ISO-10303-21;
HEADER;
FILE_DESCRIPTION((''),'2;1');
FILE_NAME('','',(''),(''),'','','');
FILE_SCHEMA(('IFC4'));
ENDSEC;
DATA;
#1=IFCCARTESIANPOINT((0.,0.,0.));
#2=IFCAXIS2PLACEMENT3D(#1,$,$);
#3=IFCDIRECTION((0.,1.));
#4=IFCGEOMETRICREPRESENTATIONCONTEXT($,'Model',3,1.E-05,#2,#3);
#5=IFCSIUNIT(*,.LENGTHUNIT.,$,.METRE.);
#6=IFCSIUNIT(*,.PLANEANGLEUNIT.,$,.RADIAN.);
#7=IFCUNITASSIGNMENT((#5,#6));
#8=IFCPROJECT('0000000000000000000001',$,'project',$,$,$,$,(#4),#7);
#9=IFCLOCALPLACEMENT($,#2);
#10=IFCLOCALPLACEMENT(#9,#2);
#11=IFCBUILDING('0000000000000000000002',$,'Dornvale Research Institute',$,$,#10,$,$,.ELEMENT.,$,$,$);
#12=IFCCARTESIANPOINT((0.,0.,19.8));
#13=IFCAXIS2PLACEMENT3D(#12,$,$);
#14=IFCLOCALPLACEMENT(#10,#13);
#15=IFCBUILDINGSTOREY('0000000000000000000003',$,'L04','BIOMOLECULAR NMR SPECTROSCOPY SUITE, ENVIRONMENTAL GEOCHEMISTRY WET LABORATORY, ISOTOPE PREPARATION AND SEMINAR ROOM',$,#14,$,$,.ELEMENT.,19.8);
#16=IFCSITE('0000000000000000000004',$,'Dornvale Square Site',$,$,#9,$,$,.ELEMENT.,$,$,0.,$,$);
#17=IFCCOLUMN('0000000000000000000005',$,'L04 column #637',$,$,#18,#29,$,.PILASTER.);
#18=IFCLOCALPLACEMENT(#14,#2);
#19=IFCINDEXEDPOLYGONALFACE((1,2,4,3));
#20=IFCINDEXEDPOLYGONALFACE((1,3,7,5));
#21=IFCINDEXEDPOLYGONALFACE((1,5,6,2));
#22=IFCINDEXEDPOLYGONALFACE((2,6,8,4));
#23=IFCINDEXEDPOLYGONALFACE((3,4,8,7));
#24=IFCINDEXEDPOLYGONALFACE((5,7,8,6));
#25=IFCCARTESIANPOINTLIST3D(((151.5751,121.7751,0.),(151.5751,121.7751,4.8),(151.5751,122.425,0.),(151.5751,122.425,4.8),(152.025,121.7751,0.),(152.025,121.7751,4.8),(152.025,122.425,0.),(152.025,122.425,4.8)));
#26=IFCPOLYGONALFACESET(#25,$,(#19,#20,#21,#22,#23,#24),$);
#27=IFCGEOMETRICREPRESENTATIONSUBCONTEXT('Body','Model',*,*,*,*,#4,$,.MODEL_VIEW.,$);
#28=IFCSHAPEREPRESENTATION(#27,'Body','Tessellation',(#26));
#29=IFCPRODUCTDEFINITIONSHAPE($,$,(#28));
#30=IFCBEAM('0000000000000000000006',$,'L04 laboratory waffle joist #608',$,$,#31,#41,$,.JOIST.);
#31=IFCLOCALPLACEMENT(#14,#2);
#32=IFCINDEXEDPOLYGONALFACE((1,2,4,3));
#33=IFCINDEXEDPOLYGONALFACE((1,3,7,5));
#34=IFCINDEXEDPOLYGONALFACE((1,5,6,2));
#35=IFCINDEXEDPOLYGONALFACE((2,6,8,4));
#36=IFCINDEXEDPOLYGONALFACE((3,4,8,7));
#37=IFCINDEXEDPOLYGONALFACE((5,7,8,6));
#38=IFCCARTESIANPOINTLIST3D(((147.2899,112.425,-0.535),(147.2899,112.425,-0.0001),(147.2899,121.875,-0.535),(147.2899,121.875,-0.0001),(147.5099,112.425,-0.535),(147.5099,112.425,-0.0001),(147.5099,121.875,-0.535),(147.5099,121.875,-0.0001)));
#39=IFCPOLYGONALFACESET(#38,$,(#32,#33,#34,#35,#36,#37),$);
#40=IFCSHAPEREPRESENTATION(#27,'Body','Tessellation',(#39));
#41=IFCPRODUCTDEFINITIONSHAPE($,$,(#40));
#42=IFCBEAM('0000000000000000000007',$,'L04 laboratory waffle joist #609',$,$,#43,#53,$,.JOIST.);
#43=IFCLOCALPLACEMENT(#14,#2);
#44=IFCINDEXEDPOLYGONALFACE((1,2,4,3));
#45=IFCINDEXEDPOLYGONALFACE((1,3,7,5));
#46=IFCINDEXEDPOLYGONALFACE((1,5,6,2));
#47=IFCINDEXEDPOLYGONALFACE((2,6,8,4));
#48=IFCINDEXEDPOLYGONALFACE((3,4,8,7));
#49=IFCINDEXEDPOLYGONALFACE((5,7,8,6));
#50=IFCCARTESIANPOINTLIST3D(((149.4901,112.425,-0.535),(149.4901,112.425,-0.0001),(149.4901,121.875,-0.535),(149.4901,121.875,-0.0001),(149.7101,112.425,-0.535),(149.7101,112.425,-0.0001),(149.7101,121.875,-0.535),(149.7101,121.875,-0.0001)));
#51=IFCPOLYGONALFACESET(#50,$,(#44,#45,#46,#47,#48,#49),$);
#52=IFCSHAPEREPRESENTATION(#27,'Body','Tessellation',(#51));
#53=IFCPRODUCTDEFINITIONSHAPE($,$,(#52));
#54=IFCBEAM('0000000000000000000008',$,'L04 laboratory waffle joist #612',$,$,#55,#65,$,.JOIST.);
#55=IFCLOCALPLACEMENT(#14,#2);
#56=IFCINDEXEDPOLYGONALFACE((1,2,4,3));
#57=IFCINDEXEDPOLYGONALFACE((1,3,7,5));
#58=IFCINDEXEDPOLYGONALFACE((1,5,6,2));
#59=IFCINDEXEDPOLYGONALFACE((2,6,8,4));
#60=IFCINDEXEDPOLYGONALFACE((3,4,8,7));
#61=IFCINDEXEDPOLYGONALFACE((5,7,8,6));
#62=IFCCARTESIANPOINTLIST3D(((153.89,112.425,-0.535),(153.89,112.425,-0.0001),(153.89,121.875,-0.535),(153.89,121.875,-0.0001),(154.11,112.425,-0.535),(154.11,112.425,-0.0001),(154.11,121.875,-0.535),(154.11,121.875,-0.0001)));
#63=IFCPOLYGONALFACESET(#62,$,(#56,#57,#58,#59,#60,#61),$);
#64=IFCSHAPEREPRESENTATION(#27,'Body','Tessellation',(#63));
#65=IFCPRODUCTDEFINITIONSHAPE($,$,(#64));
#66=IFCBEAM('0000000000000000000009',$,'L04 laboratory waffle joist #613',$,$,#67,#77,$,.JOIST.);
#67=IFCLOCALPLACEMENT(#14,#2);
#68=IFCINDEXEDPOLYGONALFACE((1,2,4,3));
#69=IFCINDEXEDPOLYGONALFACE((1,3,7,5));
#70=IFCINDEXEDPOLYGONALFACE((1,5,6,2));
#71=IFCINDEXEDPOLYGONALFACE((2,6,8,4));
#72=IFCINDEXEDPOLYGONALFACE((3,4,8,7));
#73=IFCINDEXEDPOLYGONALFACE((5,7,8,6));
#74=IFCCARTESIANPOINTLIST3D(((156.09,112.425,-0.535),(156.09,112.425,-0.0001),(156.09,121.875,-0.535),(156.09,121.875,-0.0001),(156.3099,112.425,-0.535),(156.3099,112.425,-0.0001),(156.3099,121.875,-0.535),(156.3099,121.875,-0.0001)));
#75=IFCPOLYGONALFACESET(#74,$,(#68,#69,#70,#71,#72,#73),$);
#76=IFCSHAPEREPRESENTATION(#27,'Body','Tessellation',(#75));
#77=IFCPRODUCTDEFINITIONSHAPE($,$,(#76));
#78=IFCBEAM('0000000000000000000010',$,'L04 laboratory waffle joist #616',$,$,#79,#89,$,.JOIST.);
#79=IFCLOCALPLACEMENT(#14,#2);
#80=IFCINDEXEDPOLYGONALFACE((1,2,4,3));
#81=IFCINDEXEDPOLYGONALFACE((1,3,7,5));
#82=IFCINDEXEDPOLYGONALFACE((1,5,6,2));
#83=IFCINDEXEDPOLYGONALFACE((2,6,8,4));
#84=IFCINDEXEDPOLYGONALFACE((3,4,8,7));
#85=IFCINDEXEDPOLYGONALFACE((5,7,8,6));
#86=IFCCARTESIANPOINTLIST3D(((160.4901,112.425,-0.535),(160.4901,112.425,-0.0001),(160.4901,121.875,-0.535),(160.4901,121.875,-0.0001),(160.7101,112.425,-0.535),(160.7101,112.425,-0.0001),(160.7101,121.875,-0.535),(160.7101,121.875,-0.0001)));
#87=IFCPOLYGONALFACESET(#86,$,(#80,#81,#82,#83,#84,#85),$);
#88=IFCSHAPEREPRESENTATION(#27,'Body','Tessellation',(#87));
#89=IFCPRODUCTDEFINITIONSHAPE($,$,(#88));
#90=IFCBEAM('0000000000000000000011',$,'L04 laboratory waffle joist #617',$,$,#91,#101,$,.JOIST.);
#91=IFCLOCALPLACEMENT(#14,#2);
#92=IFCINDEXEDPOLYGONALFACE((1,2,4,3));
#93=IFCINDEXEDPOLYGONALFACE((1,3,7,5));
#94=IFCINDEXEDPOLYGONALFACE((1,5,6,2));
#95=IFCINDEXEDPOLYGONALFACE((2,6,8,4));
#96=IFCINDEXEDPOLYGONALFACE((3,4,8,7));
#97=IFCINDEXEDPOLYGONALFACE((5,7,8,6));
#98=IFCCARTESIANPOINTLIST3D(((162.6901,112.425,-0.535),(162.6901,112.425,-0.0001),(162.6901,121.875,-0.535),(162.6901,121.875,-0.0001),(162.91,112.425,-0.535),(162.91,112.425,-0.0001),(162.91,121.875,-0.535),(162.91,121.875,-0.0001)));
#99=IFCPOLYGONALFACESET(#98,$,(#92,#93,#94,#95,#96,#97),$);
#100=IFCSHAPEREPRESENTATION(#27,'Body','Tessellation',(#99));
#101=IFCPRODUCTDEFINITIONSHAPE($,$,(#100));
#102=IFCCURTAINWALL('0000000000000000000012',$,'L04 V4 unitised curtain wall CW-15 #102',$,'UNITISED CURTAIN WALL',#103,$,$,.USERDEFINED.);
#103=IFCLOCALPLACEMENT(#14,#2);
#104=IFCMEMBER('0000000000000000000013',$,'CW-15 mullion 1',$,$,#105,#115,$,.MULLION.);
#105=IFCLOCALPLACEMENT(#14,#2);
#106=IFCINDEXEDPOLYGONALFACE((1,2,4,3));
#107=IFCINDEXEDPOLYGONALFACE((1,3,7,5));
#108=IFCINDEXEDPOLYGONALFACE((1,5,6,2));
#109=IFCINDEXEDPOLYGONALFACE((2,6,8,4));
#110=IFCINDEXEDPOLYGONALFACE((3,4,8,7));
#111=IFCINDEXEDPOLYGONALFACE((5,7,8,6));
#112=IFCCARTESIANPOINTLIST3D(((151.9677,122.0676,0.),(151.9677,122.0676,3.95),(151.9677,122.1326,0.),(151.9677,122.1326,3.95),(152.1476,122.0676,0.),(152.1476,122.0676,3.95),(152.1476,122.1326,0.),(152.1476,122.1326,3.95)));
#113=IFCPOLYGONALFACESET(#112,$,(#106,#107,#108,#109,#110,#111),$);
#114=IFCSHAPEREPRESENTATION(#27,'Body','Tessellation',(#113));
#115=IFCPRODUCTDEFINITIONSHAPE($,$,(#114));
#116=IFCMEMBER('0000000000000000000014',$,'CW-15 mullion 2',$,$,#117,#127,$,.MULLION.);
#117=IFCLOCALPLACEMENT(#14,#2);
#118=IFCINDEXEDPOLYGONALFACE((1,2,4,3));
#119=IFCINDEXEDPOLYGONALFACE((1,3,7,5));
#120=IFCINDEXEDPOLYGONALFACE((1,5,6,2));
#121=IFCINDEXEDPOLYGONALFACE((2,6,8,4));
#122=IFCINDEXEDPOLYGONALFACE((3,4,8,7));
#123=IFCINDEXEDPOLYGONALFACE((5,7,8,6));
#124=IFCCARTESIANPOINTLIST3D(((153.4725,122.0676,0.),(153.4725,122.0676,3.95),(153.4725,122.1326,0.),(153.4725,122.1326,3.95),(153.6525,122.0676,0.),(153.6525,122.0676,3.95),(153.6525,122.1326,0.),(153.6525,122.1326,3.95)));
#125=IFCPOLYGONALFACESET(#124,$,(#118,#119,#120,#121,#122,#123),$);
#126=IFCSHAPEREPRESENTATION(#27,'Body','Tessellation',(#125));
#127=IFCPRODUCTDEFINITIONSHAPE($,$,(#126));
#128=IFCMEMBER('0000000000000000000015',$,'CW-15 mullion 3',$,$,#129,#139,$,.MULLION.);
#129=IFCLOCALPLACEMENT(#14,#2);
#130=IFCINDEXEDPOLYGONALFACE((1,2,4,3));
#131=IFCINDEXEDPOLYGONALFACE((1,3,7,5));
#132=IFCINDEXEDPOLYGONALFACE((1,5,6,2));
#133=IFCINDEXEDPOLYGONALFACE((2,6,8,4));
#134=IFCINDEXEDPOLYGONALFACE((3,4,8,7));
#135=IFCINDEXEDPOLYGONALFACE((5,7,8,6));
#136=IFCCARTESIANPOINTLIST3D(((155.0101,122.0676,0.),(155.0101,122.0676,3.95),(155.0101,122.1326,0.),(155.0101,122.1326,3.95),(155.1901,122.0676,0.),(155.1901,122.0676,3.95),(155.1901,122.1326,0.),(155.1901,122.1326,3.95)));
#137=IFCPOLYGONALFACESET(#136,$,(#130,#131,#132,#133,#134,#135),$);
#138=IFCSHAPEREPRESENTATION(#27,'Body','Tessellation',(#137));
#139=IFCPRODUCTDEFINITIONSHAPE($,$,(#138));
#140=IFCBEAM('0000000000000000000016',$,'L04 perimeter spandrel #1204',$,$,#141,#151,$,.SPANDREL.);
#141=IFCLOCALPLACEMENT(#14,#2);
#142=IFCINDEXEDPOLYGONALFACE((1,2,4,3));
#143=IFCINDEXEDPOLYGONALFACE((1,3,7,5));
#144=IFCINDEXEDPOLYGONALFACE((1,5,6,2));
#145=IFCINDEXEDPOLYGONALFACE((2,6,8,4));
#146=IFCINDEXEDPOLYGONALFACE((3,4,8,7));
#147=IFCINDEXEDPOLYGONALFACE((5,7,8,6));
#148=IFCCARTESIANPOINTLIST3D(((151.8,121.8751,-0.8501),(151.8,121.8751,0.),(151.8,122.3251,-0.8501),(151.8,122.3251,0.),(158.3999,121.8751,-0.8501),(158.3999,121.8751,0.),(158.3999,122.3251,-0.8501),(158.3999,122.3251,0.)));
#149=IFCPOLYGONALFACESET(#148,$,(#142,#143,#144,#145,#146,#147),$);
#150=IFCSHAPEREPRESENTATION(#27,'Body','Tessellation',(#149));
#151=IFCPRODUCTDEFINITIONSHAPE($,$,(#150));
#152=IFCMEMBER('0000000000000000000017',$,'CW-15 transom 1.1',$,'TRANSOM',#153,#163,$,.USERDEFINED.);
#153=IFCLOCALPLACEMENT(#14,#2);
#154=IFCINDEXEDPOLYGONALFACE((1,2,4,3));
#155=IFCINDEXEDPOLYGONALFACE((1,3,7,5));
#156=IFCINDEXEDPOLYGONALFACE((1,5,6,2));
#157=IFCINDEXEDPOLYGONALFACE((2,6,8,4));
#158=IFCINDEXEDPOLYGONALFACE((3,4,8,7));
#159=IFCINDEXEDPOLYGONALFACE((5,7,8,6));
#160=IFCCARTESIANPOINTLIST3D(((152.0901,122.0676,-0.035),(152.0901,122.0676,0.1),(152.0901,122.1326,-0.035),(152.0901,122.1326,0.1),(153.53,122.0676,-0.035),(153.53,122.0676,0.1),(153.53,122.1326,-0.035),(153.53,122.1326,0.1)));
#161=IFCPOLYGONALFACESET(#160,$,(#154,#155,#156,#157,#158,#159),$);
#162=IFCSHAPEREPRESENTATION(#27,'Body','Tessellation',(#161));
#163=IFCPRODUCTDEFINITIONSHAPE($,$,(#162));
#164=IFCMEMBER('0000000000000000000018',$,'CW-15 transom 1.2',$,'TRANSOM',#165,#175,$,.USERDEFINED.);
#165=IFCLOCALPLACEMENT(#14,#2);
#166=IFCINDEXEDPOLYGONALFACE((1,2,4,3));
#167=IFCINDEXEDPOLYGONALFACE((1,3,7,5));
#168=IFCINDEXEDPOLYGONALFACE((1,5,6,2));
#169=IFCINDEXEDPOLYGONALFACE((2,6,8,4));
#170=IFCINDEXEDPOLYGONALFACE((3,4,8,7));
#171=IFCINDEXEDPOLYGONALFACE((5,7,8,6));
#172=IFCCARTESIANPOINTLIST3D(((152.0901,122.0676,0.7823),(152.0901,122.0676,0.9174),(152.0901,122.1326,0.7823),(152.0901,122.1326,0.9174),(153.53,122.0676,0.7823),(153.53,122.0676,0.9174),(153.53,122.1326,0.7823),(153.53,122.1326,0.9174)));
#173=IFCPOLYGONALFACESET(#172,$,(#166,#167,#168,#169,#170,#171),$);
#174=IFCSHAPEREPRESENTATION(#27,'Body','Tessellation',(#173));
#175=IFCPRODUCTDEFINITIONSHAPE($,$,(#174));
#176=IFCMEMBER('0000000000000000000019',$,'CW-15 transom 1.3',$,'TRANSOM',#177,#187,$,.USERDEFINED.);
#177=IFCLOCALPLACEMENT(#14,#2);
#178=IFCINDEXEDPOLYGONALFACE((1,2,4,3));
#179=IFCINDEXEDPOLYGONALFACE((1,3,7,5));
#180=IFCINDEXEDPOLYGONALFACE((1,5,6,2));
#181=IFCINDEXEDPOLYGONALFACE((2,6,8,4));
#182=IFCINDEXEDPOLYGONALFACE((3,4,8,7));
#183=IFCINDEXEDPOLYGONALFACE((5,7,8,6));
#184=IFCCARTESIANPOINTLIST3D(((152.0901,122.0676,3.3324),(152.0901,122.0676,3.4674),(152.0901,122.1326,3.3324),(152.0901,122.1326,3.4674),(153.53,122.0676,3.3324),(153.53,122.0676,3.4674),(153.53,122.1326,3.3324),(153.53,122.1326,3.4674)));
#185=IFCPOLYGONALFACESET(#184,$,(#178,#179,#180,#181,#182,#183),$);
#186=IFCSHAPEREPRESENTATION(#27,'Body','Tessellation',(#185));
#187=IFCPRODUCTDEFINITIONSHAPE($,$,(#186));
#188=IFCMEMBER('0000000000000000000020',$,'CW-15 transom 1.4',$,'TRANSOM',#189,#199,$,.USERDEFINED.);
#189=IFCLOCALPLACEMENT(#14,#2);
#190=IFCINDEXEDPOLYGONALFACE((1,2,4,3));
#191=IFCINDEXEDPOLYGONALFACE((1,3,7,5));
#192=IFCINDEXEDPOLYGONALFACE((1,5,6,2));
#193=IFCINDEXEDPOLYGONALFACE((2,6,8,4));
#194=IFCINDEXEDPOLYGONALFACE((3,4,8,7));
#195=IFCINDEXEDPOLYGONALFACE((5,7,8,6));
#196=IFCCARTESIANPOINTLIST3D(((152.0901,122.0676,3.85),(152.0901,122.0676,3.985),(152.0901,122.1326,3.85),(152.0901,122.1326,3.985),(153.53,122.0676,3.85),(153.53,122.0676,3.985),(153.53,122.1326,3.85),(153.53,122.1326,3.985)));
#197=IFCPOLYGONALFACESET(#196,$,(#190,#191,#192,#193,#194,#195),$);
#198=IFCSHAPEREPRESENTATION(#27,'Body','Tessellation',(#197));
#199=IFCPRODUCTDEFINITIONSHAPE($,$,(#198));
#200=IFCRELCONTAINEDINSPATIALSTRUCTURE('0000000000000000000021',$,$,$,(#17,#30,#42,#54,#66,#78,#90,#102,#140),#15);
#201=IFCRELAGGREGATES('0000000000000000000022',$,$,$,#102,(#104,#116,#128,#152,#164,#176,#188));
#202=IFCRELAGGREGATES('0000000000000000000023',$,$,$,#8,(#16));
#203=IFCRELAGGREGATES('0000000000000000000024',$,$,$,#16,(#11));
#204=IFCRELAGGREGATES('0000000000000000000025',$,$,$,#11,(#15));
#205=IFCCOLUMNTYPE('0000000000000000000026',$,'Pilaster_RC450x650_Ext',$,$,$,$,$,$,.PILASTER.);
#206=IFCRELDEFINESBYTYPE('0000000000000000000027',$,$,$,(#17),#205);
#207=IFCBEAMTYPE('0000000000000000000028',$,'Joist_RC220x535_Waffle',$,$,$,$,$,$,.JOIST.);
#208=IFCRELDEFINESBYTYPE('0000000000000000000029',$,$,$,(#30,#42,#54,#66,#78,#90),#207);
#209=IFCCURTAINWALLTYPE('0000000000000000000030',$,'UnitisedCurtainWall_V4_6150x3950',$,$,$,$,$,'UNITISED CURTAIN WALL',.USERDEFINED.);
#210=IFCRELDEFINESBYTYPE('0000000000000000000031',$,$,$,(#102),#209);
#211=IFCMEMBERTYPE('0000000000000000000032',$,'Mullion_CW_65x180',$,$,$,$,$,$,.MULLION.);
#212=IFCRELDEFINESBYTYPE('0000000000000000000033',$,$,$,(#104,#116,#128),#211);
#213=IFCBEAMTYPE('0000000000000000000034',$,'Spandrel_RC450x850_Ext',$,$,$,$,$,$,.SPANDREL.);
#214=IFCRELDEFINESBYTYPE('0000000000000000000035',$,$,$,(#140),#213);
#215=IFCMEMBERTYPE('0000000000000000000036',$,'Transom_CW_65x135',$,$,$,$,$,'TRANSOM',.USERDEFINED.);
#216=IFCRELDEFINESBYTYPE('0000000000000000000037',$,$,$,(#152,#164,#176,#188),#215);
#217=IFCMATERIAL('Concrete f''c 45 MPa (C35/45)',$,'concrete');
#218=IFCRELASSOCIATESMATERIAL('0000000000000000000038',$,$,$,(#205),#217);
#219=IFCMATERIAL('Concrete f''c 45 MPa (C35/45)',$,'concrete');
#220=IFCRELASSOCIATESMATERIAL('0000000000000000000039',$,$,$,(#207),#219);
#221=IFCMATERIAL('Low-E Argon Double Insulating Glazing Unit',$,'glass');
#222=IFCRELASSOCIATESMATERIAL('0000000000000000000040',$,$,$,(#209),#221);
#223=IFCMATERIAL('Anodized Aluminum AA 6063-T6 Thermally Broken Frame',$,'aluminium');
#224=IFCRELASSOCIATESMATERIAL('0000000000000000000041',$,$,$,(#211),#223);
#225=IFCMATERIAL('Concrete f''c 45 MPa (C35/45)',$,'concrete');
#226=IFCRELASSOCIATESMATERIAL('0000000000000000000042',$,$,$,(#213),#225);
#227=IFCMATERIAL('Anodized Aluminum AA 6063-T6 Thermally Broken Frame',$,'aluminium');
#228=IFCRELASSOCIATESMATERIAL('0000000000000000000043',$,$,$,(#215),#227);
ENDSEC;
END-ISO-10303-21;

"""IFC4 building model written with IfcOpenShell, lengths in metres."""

from ifc_helpers import new_model, si_unit, direction, frame, origin, origin_2d, place, context, subcontext, project, spatial, rectangle, extrude, material, material_profile, profile_set, type_object, element, aggregate, save


model = new_model("IFC4")

# Units and contexts
model_context = context("Model", 3, precision=1e-05, world=origin(), true_north=direction((0.0, 1.0)))
body_context = subcontext(model_context, "Body", "Model", "MODEL_VIEW")
ifc_project = project(units=[si_unit("LENGTHUNIT", "METRE"), si_unit("PLANEANGLEUNIT", "RADIAN")], contexts=[model_context])

# Site, building, storey
site_placement = place(None, origin())
site = spatial("IfcSite", under=ifc_project, at=site_placement, Name="Dornvale Square Site", CompositionType="ELEMENT", RefElevation=0.0)
building_placement = place(site_placement, origin())
building = spatial("IfcBuilding", under=site, at=building_placement, Name="Dornvale Research Institute", CompositionType="ELEMENT")
storey_placement = place(building_placement, frame((0.0, 0.0, 19.8)))
storey = spatial("IfcBuildingStorey", under=building, at=storey_placement, Name="L04", Description="BIOMOLECULAR NMR SPECTROSCOPY SUITE, ENVIRONMENTAL GEOCHEMISTRY WET LABORATORY, ISOTOPE PREPARATION AND SEMINAR ROOM", CompositionType="ELEMENT", Elevation=19.8)

# Column
ifc_material_1 = material(Name="Concrete f'c 45 MPa (C35/45)", Category="concrete")
ifc_material_profile_1 = material_profile(ifc_material_1, rectangle(XDim=0.45, YDim=0.6499, at=origin_2d()), Name="RC 450x650")
ifc_profile_set_1 = profile_set([ifc_material_profile_1], Name="Concrete f'c 45 MPa (C35/45)")
column_type = type_object("IfcColumnType", Name="Pilaster_RC450x650_Ext", PredefinedType="PILASTER", material=ifc_profile_set_1)
column_placement = place(storey_placement, frame((151.8, 122.1001, 0.0), z_axis=(0.0, 0.0, 1.0), x_axis=(1.0, 0.0, 0.0)))
element("IfcColumn", 1, at=column_placement, inside=storey, type_object=column_type, Name="L04 column #637", PredefinedType="PILASTER", context=body_context, shape_type="SweptSolid", body=[
    extrude(rectangle(XDim=0.45, YDim=0.6499, at=origin_2d()), origin(), (0.0, 0.0, 1.0), 4.8),
])

# Beams
ifc_material_2 = material(Name="Concrete f'c 45 MPa (C35/45)", Category="concrete")
ifc_material_profile_2 = material_profile(ifc_material_2, rectangle(XDim=0.22, YDim=0.5349, at=origin_2d()), Name="RC 220x535")
ifc_profile_set_2 = profile_set([ifc_material_profile_2], Name="Concrete f'c 45 MPa (C35/45)")
beam_type_1 = type_object("IfcBeamType", Name="Joist_RC220x535_Waffle", PredefinedType="JOIST", material=ifc_profile_set_2)
for number, where, z_axis, x_axis, name in (
    (2, (147.3999, 112.425, -0.2676), (0.0, 1.0, 0.0), (-1.0, 0.0, 0.0), "L04 laboratory waffle joist #608"),
    (3, (149.6001, 112.425, -0.2676), (0.0, 1.0, 0.0), (-1.0, 0.0, 0.0), "L04 laboratory waffle joist #609"),
    (4, (154.0, 112.425, -0.2676), (0.0, 1.0, 0.0), (-1.0, 0.0, 0.0), "L04 laboratory waffle joist #612"),
    (5, (156.2, 112.425, -0.2676), (0.0, 1.0, 0.0), (-1.0, 0.0, 0.0), "L04 laboratory waffle joist #613"),
    (6, (160.6001, 112.425, -0.2676), (0.0, 1.0, 0.0), (-1.0, 0.0, 0.0), "L04 laboratory waffle joist #616"),
    (7, (162.8, 112.425, -0.2676), (0.0, 1.0, 0.0), (-1.0, 0.0, 0.0), "L04 laboratory waffle joist #617"),
):
    element("IfcBeam", number, at=place(storey_placement, frame(where, z_axis=z_axis, x_axis=x_axis)), inside=storey, type_object=beam_type_1, Name=name, PredefinedType="JOIST", context=body_context, shape_type="SweptSolid", body=[
        extrude(rectangle(XDim=0.22, YDim=0.5349, at=origin_2d()), origin(), (0.0, 0.0, 1.0), 9.45),
    ])

# Curtain wall, members
ifc_material_3 = material(Name="Low-E Argon Double Insulating Glazing Unit", Category="glass")
curtain_wall_type = type_object("IfcCurtainWallType", Name="UnitisedCurtainWall_V4_6150x3950", ElementType="UNITISED CURTAIN WALL", PredefinedType="USERDEFINED", material=ifc_material_3)
curtain_wall_placement = place(storey_placement, origin())
curtain_wall = element("IfcCurtainWall", 8, at=curtain_wall_placement, inside=storey, type_object=curtain_wall_type, Name="L04 V4 unitised curtain wall CW-15 #102", ObjectType="UNITISED CURTAIN WALL", PredefinedType="USERDEFINED")
ifc_material_4 = material(Name="Anodized Aluminum AA 6063-T6 Thermally Broken Frame", Category="aluminium")
ifc_material_profile_3 = material_profile(ifc_material_4, rectangle(XDim=0.0649, YDim=0.1799, at=origin_2d()), Name="ALU MULLION 65x180")
ifc_profile_set_3 = profile_set([ifc_material_profile_3], Name="Anodized Aluminum AA 6063-T6 Thermally Broken Frame")
member_type_1 = type_object("IfcMemberType", Name="Mullion_CW_65x180", PredefinedType="MULLION", material=ifc_profile_set_3)
member_1_placement = place(storey_placement, frame((152.0576, 122.1001, 0.0), z_axis=(0.0, 0.0, 1.0), x_axis=(0.0, 1.0, 0.0)))
member_1 = element("IfcMember", 9, at=member_1_placement, type_object=member_type_1, Name="CW-15 mullion 1", PredefinedType="MULLION", context=body_context, shape_type="SweptSolid", body=[
    extrude(rectangle(XDim=0.0649, YDim=0.1799, at=origin_2d()), origin(), (0.0, 0.0, 1.0), 3.95),
])
member_2_placement = place(storey_placement, frame((153.5625, 122.1001, 0.0), z_axis=(0.0, 0.0, 1.0), x_axis=(0.0, 1.0, 0.0)))
member_2 = element("IfcMember", 10, at=member_2_placement, type_object=member_type_1, Name="CW-15 mullion 2", PredefinedType="MULLION", context=body_context, shape_type="SweptSolid", body=[
    extrude(rectangle(XDim=0.0649, YDim=0.1799, at=origin_2d()), origin(), (0.0, 0.0, 1.0), 3.95),
])
member_3_placement = place(storey_placement, frame((155.1001, 122.1001, 0.0), z_axis=(0.0, 0.0, 1.0), x_axis=(0.0, 1.0, 0.0)))
member_3 = element("IfcMember", 11, at=member_3_placement, type_object=member_type_1, Name="CW-15 mullion 3", PredefinedType="MULLION", context=body_context, shape_type="SweptSolid", body=[
    extrude(rectangle(XDim=0.0649, YDim=0.1799, at=origin_2d()), origin(), (0.0, 0.0, 1.0), 3.95),
])

# Beam
ifc_material_5 = material(Name="Concrete f'c 45 MPa (C35/45)", Category="concrete")
ifc_material_profile_4 = material_profile(ifc_material_5, rectangle(XDim=0.45, YDim=0.8501, at=origin_2d()), Name="RC 450x850")
ifc_profile_set_4 = profile_set([ifc_material_profile_4], Name="Concrete f'c 45 MPa (C35/45)")
beam_type_2 = type_object("IfcBeamType", Name="Spandrel_RC450x850_Ext", PredefinedType="SPANDREL", material=ifc_profile_set_4)
beam_placement = place(storey_placement, frame((151.8, 122.1001, -0.425), z_axis=(1.0, 0.0, 0.0), x_axis=(0.0, 1.0, 0.0)))
element("IfcBeam", 12, at=beam_placement, inside=storey, type_object=beam_type_2, Name="L04 perimeter spandrel #1204", PredefinedType="SPANDREL", context=body_context, shape_type="SweptSolid", body=[
    extrude(rectangle(XDim=0.45, YDim=0.8501, at=origin_2d()), origin(), (0.0, 0.0, 1.0), 6.5999),
])

# Members
ifc_material_6 = material(Name="Anodized Aluminum AA 6063-T6 Thermally Broken Frame", Category="aluminium")
ifc_material_profile_5 = material_profile(ifc_material_6, rectangle(XDim=0.0649, YDim=0.135, at=origin_2d()), Name="ALU TRANSOM 65x135")
ifc_profile_set_5 = profile_set([ifc_material_profile_5], Name="Anodized Aluminum AA 6063-T6 Thermally Broken Frame")
member_type_2 = type_object("IfcMemberType", Name="Transom_CW_65x135", ElementType="TRANSOM", PredefinedType="USERDEFINED", material=ifc_profile_set_5)
member_4_placement = place(storey_placement, frame((152.0901, 122.1001, 0.0325), z_axis=(1.0, 0.0, 0.0), x_axis=(0.0, 1.0, 0.0)))
member_4 = element("IfcMember", 13, at=member_4_placement, type_object=member_type_2, Name="CW-15 transom 1.1", ObjectType="TRANSOM", PredefinedType="USERDEFINED", context=body_context, shape_type="SweptSolid", body=[
    extrude(rectangle(XDim=0.0649, YDim=0.135, at=origin_2d()), origin(), (0.0, 0.0, 1.0), 1.4399),
])
member_5_placement = place(storey_placement, frame((152.0901, 122.1001, 0.8499), z_axis=(1.0, 0.0, 0.0), x_axis=(0.0, 1.0, 0.0)))
member_5 = element("IfcMember", 14, at=member_5_placement, type_object=member_type_2, Name="CW-15 transom 1.2", ObjectType="TRANSOM", PredefinedType="USERDEFINED", context=body_context, shape_type="SweptSolid", body=[
    extrude(rectangle(XDim=0.0649, YDim=0.135, at=origin_2d()), origin(), (0.0, 0.0, 1.0), 1.4399),
])
member_6_placement = place(storey_placement, frame((152.0901, 122.1001, 3.3999), z_axis=(1.0, 0.0, 0.0), x_axis=(0.0, 1.0, 0.0)))
member_6 = element("IfcMember", 15, at=member_6_placement, type_object=member_type_2, Name="CW-15 transom 1.3", ObjectType="TRANSOM", PredefinedType="USERDEFINED", context=body_context, shape_type="SweptSolid", body=[
    extrude(rectangle(XDim=0.0649, YDim=0.135, at=origin_2d()), origin(), (0.0, 0.0, 1.0), 1.4399),
])
member_7_placement = place(storey_placement, frame((152.0901, 122.1001, 3.9175), z_axis=(1.0, 0.0, 0.0), x_axis=(0.0, 1.0, 0.0)))
member_7 = element("IfcMember", 16, at=member_7_placement, type_object=member_type_2, Name="CW-15 transom 1.4", ObjectType="TRANSOM", PredefinedType="USERDEFINED", context=body_context, shape_type="SweptSolid", body=[
    extrude(rectangle(XDim=0.0649, YDim=0.135, at=origin_2d()), origin(), (0.0, 0.0, 1.0), 1.4399),
])

aggregate(curtain_wall, [member_1, member_2, member_3, member_4, member_5, member_6, member_7])

save(model, "model.ifc")
